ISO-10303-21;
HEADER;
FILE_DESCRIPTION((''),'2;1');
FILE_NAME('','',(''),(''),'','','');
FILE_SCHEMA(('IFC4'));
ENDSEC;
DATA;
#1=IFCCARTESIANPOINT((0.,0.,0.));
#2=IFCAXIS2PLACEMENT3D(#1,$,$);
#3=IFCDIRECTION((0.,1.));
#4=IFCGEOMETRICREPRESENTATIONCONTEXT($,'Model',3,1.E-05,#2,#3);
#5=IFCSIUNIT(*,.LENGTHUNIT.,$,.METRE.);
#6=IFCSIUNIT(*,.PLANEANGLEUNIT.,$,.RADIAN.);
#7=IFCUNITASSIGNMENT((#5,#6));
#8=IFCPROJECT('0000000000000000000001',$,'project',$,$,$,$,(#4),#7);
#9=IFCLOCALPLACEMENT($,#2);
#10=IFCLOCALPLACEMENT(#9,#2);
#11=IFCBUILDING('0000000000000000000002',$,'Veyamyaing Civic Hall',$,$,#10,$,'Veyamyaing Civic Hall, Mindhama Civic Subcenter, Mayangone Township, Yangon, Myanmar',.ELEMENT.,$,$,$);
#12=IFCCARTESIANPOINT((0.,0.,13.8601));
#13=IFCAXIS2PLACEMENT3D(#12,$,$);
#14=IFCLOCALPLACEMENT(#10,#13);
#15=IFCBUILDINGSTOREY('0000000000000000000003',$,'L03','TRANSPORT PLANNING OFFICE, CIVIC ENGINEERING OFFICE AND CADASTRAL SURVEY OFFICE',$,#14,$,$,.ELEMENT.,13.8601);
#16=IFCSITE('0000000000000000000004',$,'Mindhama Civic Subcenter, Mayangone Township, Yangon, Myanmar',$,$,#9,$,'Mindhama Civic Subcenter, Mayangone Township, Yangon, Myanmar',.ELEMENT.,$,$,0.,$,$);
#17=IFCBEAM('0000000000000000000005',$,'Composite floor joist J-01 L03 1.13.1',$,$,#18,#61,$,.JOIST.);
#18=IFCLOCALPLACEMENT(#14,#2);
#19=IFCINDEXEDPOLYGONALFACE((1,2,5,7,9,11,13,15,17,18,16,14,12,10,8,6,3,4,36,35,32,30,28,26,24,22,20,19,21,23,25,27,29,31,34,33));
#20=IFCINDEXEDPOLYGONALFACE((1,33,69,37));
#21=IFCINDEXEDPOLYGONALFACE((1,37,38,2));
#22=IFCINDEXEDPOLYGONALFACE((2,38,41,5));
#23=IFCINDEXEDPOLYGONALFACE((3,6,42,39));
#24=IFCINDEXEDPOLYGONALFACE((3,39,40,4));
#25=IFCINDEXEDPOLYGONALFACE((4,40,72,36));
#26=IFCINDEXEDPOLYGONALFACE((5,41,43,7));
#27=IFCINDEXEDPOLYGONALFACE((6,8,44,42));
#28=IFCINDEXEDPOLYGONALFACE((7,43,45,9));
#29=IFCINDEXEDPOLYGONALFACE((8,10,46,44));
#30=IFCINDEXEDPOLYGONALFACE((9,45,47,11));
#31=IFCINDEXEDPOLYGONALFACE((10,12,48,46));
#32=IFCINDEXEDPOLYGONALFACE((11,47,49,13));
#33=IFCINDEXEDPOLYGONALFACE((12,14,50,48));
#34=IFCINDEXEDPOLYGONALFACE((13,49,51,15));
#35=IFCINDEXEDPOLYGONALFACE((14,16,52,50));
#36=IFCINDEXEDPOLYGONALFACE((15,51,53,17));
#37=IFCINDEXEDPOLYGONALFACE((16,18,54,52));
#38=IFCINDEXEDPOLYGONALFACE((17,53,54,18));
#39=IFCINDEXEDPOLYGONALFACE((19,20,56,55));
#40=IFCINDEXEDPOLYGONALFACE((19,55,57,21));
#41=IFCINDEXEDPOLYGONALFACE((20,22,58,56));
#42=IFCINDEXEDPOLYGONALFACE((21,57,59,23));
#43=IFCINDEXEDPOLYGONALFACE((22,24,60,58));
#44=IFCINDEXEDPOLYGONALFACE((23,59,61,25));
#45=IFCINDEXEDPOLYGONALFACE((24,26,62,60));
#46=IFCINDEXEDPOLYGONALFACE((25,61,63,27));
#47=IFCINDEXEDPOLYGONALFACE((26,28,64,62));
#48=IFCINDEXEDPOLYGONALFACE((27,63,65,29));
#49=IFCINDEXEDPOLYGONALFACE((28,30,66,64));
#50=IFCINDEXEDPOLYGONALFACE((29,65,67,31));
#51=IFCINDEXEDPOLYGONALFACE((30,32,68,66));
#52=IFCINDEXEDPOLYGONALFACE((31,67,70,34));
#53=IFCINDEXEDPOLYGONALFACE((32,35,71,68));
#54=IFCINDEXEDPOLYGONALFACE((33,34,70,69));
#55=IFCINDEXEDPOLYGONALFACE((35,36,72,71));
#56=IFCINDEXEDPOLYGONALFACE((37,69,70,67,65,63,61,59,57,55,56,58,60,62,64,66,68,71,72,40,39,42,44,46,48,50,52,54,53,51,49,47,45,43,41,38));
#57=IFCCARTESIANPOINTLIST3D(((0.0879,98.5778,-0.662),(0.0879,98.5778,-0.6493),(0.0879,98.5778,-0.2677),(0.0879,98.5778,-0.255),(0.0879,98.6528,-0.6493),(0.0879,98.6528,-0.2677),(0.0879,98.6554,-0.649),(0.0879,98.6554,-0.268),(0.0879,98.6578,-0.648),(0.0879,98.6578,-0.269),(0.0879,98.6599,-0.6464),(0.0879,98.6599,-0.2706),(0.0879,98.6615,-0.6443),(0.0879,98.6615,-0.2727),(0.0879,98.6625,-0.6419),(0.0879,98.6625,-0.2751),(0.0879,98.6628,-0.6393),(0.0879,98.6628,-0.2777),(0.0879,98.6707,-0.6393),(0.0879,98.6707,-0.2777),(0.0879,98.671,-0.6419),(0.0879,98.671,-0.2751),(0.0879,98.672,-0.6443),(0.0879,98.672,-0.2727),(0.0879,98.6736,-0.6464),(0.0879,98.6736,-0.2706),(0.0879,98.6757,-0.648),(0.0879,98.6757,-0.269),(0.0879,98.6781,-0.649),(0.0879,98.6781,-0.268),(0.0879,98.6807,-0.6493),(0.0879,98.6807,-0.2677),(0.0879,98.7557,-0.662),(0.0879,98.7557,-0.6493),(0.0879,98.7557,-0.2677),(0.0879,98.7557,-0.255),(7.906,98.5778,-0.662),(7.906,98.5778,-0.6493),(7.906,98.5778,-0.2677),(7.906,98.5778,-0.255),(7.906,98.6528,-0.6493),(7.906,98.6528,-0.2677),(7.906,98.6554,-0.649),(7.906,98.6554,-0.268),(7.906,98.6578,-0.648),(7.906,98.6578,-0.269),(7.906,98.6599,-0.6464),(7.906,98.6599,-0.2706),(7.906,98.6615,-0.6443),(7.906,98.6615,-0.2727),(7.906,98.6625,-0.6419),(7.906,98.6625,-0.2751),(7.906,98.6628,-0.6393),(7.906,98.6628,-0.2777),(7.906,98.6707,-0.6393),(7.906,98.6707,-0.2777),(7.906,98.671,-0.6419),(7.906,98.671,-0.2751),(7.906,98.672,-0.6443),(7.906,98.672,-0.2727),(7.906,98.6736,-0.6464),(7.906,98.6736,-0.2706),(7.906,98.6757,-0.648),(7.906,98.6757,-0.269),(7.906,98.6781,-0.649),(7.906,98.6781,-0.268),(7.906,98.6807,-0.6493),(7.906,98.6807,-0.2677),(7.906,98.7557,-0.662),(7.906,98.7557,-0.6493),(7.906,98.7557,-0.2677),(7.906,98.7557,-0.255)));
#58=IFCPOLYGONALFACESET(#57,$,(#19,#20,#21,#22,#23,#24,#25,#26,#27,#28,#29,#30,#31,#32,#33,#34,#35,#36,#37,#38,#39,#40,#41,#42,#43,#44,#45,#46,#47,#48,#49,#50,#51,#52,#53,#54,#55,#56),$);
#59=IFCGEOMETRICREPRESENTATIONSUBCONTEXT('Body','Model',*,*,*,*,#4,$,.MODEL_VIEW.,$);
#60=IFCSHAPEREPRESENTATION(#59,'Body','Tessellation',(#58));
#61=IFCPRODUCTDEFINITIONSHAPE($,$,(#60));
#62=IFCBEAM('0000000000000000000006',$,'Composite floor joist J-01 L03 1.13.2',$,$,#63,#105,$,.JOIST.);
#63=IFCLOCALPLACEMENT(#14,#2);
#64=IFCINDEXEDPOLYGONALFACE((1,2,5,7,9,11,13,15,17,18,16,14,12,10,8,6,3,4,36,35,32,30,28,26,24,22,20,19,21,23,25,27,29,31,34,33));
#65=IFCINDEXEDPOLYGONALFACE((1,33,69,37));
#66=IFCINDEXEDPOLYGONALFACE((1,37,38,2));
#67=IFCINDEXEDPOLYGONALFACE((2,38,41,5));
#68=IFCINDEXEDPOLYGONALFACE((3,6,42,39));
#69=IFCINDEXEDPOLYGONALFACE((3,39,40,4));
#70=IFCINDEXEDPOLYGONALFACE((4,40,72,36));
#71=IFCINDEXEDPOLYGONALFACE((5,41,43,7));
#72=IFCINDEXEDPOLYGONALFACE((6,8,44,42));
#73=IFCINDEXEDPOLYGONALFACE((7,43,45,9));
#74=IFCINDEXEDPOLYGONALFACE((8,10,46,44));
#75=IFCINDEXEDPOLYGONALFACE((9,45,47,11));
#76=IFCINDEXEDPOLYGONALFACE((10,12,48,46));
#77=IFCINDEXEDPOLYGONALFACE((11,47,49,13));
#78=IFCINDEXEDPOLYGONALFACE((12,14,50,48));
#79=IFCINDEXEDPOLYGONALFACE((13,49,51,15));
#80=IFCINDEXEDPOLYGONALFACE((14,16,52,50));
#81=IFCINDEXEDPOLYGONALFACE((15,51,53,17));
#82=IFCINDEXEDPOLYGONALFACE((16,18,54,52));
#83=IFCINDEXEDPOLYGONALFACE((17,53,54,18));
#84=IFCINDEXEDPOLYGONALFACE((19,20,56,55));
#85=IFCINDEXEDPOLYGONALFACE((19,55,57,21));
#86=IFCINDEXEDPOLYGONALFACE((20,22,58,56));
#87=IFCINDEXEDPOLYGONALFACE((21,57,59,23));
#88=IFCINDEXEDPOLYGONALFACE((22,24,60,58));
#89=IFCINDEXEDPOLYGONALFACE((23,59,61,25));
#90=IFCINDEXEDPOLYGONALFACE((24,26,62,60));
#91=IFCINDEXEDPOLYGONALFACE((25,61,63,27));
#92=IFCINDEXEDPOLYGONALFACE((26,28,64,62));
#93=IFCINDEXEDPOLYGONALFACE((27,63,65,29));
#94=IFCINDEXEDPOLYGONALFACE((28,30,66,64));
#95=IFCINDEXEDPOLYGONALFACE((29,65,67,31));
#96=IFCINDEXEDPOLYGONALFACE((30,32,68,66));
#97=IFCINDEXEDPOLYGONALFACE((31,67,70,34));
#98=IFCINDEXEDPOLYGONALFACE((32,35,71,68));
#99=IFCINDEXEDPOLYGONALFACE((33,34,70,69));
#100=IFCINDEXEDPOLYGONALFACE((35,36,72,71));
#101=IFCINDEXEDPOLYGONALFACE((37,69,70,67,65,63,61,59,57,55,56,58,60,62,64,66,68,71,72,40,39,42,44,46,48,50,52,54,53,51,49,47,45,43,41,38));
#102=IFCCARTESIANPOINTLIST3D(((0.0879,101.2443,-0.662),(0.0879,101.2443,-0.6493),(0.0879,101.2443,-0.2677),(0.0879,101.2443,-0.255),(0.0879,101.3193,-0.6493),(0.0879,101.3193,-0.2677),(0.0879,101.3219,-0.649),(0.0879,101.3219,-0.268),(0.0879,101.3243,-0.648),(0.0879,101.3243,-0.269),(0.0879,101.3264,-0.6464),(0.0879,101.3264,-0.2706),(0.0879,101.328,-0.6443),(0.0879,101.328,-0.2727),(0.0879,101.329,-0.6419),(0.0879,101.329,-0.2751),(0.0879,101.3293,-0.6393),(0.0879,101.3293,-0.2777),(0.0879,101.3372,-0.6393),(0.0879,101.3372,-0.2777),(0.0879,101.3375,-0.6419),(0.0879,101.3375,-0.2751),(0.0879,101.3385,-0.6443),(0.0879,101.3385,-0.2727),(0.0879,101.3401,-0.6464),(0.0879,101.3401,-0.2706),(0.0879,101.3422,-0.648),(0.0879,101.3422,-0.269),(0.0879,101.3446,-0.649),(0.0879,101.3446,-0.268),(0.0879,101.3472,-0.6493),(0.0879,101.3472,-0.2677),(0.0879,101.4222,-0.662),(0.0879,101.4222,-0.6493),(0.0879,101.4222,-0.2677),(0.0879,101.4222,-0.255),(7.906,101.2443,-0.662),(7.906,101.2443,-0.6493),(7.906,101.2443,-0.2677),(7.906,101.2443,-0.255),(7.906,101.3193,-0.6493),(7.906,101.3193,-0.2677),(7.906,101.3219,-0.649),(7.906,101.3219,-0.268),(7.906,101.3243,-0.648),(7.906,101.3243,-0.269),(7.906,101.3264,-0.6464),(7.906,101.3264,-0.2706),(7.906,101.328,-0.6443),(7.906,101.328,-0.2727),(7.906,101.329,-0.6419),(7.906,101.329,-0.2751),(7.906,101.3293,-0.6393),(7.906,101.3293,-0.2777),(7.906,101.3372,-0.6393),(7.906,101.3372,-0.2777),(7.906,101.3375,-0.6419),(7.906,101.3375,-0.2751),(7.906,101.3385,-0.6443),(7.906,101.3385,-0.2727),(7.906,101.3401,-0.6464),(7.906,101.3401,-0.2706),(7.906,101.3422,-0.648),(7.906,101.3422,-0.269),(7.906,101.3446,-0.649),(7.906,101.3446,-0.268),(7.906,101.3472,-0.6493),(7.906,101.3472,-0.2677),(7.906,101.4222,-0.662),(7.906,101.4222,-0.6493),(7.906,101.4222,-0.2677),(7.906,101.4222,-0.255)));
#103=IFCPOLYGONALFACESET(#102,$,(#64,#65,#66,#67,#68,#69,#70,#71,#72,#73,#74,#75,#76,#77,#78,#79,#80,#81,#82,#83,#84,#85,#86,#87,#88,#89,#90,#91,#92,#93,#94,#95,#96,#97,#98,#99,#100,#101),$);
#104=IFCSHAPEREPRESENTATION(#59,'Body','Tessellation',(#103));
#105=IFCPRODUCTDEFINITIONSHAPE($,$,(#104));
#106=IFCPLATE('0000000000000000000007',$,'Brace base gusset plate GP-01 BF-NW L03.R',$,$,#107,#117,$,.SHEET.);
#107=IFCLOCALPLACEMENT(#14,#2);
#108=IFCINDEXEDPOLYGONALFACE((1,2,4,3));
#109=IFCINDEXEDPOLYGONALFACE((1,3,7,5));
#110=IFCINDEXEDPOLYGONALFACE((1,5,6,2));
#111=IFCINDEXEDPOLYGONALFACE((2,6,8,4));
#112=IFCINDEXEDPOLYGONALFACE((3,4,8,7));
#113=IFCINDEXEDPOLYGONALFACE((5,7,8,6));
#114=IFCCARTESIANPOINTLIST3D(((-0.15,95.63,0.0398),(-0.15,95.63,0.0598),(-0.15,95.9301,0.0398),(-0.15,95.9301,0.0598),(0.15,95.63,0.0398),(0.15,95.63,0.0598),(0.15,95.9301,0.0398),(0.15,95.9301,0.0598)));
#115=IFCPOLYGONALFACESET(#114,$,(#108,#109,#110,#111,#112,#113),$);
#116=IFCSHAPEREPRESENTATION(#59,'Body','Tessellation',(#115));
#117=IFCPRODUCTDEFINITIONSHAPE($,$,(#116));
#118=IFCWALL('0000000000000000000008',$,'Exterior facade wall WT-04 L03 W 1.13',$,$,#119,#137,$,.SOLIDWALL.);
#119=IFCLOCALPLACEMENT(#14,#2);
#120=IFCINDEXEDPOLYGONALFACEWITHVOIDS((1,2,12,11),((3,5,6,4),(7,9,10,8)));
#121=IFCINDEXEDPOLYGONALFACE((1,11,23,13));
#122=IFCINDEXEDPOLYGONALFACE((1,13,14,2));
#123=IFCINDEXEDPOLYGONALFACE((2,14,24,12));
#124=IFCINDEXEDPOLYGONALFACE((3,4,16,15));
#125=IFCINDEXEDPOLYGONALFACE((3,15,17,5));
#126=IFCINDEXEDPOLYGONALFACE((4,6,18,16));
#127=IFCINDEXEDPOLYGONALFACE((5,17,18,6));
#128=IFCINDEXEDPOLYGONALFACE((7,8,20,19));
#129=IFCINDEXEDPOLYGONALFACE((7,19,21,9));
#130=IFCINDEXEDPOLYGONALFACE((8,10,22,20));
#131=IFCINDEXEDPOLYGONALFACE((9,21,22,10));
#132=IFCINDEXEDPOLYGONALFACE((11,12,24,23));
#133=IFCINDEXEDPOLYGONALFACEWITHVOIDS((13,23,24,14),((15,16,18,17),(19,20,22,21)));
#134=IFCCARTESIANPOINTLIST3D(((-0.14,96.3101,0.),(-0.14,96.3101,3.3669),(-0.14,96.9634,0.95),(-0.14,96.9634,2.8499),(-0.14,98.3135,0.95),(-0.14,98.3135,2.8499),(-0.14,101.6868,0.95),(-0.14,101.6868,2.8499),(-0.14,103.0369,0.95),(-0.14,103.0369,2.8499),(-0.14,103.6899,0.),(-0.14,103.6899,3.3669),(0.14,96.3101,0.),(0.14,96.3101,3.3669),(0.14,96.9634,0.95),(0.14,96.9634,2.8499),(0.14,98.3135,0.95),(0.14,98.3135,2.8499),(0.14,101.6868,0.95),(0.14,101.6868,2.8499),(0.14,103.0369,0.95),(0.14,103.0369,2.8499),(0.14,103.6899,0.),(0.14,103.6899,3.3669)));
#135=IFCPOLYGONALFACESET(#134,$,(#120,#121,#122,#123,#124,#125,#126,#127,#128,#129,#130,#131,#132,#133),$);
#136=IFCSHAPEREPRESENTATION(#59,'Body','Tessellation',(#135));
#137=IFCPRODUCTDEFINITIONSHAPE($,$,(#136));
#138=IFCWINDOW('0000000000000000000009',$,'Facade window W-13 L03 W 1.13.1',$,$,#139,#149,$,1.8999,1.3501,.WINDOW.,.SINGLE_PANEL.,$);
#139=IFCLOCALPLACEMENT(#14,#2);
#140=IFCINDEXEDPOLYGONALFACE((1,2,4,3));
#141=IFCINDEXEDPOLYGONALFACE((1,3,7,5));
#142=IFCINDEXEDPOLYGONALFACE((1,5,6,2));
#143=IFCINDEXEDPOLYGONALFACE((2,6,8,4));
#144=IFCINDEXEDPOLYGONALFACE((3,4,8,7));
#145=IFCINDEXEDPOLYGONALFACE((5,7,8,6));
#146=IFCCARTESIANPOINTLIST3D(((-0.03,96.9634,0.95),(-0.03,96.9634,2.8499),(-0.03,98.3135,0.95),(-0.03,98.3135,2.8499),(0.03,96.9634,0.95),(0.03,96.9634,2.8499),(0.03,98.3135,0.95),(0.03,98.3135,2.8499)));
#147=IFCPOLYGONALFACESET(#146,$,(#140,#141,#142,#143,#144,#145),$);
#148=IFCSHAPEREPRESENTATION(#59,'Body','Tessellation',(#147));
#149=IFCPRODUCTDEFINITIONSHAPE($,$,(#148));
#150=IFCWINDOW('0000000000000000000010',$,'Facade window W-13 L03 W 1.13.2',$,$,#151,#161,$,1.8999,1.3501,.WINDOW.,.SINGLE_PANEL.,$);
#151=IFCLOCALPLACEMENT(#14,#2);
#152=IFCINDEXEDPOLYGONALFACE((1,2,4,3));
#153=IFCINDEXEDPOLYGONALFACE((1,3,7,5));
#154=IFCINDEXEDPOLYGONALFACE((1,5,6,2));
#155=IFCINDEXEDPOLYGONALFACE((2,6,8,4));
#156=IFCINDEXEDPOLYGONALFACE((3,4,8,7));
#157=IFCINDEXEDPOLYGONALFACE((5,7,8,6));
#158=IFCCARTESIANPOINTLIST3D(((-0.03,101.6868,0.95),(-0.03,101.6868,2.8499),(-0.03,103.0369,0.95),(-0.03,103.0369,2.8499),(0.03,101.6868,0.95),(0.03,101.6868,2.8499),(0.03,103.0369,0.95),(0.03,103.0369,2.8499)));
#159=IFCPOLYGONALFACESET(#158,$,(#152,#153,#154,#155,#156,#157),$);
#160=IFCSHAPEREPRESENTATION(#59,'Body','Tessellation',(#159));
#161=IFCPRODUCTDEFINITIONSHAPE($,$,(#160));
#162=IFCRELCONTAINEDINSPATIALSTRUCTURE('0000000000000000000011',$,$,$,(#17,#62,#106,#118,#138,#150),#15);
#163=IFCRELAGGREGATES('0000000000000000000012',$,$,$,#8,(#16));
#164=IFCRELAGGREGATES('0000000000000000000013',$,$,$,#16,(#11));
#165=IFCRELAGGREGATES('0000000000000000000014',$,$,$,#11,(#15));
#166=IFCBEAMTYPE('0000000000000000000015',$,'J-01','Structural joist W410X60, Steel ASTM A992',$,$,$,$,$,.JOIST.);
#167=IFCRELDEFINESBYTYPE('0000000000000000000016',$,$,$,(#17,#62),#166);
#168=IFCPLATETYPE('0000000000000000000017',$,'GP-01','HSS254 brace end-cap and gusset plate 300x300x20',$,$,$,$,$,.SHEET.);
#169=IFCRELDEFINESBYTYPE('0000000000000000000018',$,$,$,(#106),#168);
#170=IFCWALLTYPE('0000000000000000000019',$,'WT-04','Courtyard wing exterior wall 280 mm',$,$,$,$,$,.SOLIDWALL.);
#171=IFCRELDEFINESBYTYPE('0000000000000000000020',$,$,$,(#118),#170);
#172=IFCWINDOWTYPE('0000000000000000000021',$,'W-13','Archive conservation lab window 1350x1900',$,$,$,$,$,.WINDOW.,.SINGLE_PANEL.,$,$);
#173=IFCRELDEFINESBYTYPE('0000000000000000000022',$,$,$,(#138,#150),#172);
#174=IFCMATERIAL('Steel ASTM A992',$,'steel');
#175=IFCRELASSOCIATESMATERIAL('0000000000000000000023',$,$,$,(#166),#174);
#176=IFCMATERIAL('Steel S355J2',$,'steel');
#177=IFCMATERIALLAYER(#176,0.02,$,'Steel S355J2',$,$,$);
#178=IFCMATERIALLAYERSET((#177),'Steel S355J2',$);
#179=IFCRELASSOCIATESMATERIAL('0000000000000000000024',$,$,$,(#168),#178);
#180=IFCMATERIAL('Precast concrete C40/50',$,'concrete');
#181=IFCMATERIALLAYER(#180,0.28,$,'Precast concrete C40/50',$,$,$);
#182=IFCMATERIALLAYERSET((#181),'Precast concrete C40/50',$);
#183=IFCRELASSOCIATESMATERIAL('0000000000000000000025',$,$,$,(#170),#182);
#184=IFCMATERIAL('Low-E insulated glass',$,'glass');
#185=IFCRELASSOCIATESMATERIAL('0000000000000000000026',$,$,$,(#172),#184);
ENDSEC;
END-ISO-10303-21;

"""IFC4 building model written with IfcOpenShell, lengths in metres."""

from ifc_helpers import new_model, si_unit, direction, frame, frame_2d, origin, origin_2d, place, context, subcontext, project, spatial, rectangle, i_section, extrude, material, layer, layer_set, material_profile, profile_set, type_object, element, fill, save


model = new_model("IFC4")

# Units and contexts
model_context = context("Model", 3, precision=1e-05, world=origin(), true_north=direction((0.0, 1.0)))
body_context = subcontext(model_context, "Body", "Model", "MODEL_VIEW")
ifc_project = project(units=[si_unit("LENGTHUNIT", "METRE"), si_unit("PLANEANGLEUNIT", "RADIAN")], contexts=[model_context])

# Site, building, storey
site_placement = place(None, origin())
site = spatial("IfcSite", under=ifc_project, at=site_placement, Name="Mindhama Civic Subcenter, Mayangone Township, Yangon, Myanmar", LongName="Mindhama Civic Subcenter, Mayangone Township, Yangon, Myanmar", CompositionType="ELEMENT", RefElevation=0.0)
building_placement = place(site_placement, origin())
building = spatial("IfcBuilding", under=site, at=building_placement, Name="Veyamyaing Civic Hall", LongName="Veyamyaing Civic Hall, Mindhama Civic Subcenter, Mayangone Township, Yangon, Myanmar", CompositionType="ELEMENT")
storey_placement = place(building_placement, frame((0.0, 0.0, 13.8601)))
storey = spatial("IfcBuildingStorey", under=building, at=storey_placement, Name="L03", Description="TRANSPORT PLANNING OFFICE, CIVIC ENGINEERING OFFICE AND CADASTRAL SURVEY OFFICE", CompositionType="ELEMENT", Elevation=13.8601)

# Beams
ifc_material_1 = material(Name="Steel ASTM A992", Category="steel")
ifc_material_profile_1 = material_profile(ifc_material_1, i_section(OverallWidth=0.178, OverallDepth=0.407, WebThickness=0.0078, FlangeThickness=0.0127, FilletRadius=0.01, at=origin_2d()), Name="W410X60")
ifc_profile_set_1 = profile_set([ifc_material_profile_1], Name="Steel ASTM A992")
beam_type_1 = type_object("IfcBeamType", Name="J-01", Description="Structural joist W410X60, Steel ASTM A992", PredefinedType="JOIST", material=ifc_profile_set_1)
for number, where, z_axis, x_axis, name in (
    (1, (0.0879, 98.6667, -0.4585), (1.0, 0.0, 0.0), (0.0, 1.0, 0.0), "Composite floor joist J-01 L03 1.13.1"),
    (2, (0.0879, 101.3333, -0.4585), (1.0, 0.0, 0.0), (0.0, 1.0, 0.0), "Composite floor joist J-01 L03 1.13.2"),
):
    element("IfcBeam", number, at=place(storey_placement, frame(where, z_axis=z_axis, x_axis=x_axis)), inside=storey, type_object=beam_type_1, Name=name, PredefinedType="JOIST", context=body_context, shape_type="SweptSolid", body=[
        extrude(i_section(OverallWidth=0.178, OverallDepth=0.407, WebThickness=0.0078, FlangeThickness=0.0127, FilletRadius=0.01, at=origin_2d()), origin(), (0.0, 0.0, 1.0), 7.8181),
    ])

# Plate
ifc_material_2 = material(Name="Steel S355J2", Category="steel")
ifc_layer_1 = layer(ifc_material_2, 0.02, Name="Steel S355J2")
ifc_layer_set_1 = layer_set([ifc_layer_1], Name="Steel S355J2")
plate_type = type_object("IfcPlateType", Name="GP-01", Description="HSS254 brace end-cap and gusset plate 300x300x20", PredefinedType="SHEET", material=ifc_layer_set_1)
plate_placement = place(storey_placement, frame((0.0, 95.78, 0.0398), z_axis=(0.0, 0.0, 1.0), x_axis=(1.0, 0.0, 0.0)))
element("IfcPlate", 3, at=plate_placement, inside=storey, type_object=plate_type, Name="Brace base gusset plate GP-01 BF-NW L03.R", PredefinedType="SHEET", context=body_context, shape_type="SweptSolid", body=[
    extrude(rectangle(XDim=0.3, YDim=0.3, at=origin_2d()), origin(), (0.0, 0.0, 1.0), 0.02),
])

# Wall, openings, windows
ifc_material_3 = material(Name="Precast concrete C40/50", Category="concrete")
ifc_layer_2 = layer(ifc_material_3, 0.28, Name="Precast concrete C40/50")
ifc_layer_set_2 = layer_set([ifc_layer_2], Name="Precast concrete C40/50")
wall_type_1 = type_object("IfcWallType", Name="WT-04", Description="Courtyard wing exterior wall 280 mm", PredefinedType="SOLIDWALL", material=ifc_layer_set_2)
wall_1_placement = place(storey_placement, frame((0.0, 96.3101, 0.0), z_axis=(0.0, 0.0, 1.0), x_axis=(0.0, 1.0, 0.0)))
wall_1 = element("IfcWall", 4, at=wall_1_placement, inside=storey, type_object=wall_type_1, Name="Exterior facade wall WT-04 L03 W 1.13", PredefinedType="SOLIDWALL", context=body_context, shape_type="SweptSolid", body=[
    extrude(rectangle(XDim=7.3799, YDim=0.28, at=frame_2d((3.6899, 0.0))), origin(), (0.0, 0.0, 1.0), 3.3669),
])
opening_1_placement = place(wall_1_placement, frame((0.6533, 0.0, 0.95)))
opening_1 = element("IfcOpeningElement", 5, at=opening_1_placement, cuts=wall_1, PredefinedType="OPENING", context=body_context, shape_type="SweptSolid", body=[
    extrude(rectangle(XDim=1.3501, YDim=1.8999, at=frame_2d((0.675, 0.95))), frame((0.0, 0.1499, 0.0), z_axis=(0.0, -1.0, 0.0), x_axis=(1.0, 0.0, 0.0)), (0.0, 0.0, 1.0), 0.3),
])
opening_2_placement = place(wall_1_placement, frame((5.3767, 0.0, 0.95)))
opening_2 = element("IfcOpeningElement", 6, at=opening_2_placement, cuts=wall_1, PredefinedType="OPENING", context=body_context, shape_type="SweptSolid", body=[
    extrude(rectangle(XDim=1.3501, YDim=1.8999, at=frame_2d((0.675, 0.95))), frame((0.0, 0.1499, 0.0), z_axis=(0.0, -1.0, 0.0), x_axis=(1.0, 0.0, 0.0)), (0.0, 0.0, 1.0), 0.3),
])
ifc_material_4 = material(Name="Low-E insulated glass", Category="glass")
window_type = type_object("IfcWindowType", Name="W-13", Description="Archive conservation lab window 1350x1900", PartitioningType="SINGLE_PANEL", PredefinedType="WINDOW", material=ifc_material_4)
window_1_placement = place(opening_1_placement, origin())
window_1 = element("IfcWindow", 7, at=window_1_placement, inside=storey, type_object=window_type, Name="Facade window W-13 L03 W 1.13.1", OverallHeight=1.8999, OverallWidth=1.3501, PartitioningType="SINGLE_PANEL", PredefinedType="WINDOW", context=body_context, shape_type="SweptSolid", body=[
    extrude(rectangle(XDim=1.3501, YDim=1.8999, at=frame_2d((0.675, 0.95))), frame((0.0, 0.03, 0.0), z_axis=(0.0, -1.0, 0.0), x_axis=(1.0, 0.0, 0.0)), (0.0, 0.0, 1.0), 0.0601),
])
fill(opening_1, window_1)
window_2_placement = place(opening_2_placement, origin())
window_2 = element("IfcWindow", 8, at=window_2_placement, inside=storey, type_object=window_type, Name="Facade window W-13 L03 W 1.13.2", OverallHeight=1.8999, OverallWidth=1.3501, PartitioningType="SINGLE_PANEL", PredefinedType="WINDOW", context=body_context, shape_type="SweptSolid", body=[
    extrude(rectangle(XDim=1.3501, YDim=1.8999, at=frame_2d((0.675, 0.95))), frame((0.0, 0.03, 0.0), z_axis=(0.0, -1.0, 0.0), x_axis=(1.0, 0.0, 0.0)), (0.0, 0.0, 1.0), 0.0601),
])
fill(opening_2, window_2)

save(model, "model.ifc")
